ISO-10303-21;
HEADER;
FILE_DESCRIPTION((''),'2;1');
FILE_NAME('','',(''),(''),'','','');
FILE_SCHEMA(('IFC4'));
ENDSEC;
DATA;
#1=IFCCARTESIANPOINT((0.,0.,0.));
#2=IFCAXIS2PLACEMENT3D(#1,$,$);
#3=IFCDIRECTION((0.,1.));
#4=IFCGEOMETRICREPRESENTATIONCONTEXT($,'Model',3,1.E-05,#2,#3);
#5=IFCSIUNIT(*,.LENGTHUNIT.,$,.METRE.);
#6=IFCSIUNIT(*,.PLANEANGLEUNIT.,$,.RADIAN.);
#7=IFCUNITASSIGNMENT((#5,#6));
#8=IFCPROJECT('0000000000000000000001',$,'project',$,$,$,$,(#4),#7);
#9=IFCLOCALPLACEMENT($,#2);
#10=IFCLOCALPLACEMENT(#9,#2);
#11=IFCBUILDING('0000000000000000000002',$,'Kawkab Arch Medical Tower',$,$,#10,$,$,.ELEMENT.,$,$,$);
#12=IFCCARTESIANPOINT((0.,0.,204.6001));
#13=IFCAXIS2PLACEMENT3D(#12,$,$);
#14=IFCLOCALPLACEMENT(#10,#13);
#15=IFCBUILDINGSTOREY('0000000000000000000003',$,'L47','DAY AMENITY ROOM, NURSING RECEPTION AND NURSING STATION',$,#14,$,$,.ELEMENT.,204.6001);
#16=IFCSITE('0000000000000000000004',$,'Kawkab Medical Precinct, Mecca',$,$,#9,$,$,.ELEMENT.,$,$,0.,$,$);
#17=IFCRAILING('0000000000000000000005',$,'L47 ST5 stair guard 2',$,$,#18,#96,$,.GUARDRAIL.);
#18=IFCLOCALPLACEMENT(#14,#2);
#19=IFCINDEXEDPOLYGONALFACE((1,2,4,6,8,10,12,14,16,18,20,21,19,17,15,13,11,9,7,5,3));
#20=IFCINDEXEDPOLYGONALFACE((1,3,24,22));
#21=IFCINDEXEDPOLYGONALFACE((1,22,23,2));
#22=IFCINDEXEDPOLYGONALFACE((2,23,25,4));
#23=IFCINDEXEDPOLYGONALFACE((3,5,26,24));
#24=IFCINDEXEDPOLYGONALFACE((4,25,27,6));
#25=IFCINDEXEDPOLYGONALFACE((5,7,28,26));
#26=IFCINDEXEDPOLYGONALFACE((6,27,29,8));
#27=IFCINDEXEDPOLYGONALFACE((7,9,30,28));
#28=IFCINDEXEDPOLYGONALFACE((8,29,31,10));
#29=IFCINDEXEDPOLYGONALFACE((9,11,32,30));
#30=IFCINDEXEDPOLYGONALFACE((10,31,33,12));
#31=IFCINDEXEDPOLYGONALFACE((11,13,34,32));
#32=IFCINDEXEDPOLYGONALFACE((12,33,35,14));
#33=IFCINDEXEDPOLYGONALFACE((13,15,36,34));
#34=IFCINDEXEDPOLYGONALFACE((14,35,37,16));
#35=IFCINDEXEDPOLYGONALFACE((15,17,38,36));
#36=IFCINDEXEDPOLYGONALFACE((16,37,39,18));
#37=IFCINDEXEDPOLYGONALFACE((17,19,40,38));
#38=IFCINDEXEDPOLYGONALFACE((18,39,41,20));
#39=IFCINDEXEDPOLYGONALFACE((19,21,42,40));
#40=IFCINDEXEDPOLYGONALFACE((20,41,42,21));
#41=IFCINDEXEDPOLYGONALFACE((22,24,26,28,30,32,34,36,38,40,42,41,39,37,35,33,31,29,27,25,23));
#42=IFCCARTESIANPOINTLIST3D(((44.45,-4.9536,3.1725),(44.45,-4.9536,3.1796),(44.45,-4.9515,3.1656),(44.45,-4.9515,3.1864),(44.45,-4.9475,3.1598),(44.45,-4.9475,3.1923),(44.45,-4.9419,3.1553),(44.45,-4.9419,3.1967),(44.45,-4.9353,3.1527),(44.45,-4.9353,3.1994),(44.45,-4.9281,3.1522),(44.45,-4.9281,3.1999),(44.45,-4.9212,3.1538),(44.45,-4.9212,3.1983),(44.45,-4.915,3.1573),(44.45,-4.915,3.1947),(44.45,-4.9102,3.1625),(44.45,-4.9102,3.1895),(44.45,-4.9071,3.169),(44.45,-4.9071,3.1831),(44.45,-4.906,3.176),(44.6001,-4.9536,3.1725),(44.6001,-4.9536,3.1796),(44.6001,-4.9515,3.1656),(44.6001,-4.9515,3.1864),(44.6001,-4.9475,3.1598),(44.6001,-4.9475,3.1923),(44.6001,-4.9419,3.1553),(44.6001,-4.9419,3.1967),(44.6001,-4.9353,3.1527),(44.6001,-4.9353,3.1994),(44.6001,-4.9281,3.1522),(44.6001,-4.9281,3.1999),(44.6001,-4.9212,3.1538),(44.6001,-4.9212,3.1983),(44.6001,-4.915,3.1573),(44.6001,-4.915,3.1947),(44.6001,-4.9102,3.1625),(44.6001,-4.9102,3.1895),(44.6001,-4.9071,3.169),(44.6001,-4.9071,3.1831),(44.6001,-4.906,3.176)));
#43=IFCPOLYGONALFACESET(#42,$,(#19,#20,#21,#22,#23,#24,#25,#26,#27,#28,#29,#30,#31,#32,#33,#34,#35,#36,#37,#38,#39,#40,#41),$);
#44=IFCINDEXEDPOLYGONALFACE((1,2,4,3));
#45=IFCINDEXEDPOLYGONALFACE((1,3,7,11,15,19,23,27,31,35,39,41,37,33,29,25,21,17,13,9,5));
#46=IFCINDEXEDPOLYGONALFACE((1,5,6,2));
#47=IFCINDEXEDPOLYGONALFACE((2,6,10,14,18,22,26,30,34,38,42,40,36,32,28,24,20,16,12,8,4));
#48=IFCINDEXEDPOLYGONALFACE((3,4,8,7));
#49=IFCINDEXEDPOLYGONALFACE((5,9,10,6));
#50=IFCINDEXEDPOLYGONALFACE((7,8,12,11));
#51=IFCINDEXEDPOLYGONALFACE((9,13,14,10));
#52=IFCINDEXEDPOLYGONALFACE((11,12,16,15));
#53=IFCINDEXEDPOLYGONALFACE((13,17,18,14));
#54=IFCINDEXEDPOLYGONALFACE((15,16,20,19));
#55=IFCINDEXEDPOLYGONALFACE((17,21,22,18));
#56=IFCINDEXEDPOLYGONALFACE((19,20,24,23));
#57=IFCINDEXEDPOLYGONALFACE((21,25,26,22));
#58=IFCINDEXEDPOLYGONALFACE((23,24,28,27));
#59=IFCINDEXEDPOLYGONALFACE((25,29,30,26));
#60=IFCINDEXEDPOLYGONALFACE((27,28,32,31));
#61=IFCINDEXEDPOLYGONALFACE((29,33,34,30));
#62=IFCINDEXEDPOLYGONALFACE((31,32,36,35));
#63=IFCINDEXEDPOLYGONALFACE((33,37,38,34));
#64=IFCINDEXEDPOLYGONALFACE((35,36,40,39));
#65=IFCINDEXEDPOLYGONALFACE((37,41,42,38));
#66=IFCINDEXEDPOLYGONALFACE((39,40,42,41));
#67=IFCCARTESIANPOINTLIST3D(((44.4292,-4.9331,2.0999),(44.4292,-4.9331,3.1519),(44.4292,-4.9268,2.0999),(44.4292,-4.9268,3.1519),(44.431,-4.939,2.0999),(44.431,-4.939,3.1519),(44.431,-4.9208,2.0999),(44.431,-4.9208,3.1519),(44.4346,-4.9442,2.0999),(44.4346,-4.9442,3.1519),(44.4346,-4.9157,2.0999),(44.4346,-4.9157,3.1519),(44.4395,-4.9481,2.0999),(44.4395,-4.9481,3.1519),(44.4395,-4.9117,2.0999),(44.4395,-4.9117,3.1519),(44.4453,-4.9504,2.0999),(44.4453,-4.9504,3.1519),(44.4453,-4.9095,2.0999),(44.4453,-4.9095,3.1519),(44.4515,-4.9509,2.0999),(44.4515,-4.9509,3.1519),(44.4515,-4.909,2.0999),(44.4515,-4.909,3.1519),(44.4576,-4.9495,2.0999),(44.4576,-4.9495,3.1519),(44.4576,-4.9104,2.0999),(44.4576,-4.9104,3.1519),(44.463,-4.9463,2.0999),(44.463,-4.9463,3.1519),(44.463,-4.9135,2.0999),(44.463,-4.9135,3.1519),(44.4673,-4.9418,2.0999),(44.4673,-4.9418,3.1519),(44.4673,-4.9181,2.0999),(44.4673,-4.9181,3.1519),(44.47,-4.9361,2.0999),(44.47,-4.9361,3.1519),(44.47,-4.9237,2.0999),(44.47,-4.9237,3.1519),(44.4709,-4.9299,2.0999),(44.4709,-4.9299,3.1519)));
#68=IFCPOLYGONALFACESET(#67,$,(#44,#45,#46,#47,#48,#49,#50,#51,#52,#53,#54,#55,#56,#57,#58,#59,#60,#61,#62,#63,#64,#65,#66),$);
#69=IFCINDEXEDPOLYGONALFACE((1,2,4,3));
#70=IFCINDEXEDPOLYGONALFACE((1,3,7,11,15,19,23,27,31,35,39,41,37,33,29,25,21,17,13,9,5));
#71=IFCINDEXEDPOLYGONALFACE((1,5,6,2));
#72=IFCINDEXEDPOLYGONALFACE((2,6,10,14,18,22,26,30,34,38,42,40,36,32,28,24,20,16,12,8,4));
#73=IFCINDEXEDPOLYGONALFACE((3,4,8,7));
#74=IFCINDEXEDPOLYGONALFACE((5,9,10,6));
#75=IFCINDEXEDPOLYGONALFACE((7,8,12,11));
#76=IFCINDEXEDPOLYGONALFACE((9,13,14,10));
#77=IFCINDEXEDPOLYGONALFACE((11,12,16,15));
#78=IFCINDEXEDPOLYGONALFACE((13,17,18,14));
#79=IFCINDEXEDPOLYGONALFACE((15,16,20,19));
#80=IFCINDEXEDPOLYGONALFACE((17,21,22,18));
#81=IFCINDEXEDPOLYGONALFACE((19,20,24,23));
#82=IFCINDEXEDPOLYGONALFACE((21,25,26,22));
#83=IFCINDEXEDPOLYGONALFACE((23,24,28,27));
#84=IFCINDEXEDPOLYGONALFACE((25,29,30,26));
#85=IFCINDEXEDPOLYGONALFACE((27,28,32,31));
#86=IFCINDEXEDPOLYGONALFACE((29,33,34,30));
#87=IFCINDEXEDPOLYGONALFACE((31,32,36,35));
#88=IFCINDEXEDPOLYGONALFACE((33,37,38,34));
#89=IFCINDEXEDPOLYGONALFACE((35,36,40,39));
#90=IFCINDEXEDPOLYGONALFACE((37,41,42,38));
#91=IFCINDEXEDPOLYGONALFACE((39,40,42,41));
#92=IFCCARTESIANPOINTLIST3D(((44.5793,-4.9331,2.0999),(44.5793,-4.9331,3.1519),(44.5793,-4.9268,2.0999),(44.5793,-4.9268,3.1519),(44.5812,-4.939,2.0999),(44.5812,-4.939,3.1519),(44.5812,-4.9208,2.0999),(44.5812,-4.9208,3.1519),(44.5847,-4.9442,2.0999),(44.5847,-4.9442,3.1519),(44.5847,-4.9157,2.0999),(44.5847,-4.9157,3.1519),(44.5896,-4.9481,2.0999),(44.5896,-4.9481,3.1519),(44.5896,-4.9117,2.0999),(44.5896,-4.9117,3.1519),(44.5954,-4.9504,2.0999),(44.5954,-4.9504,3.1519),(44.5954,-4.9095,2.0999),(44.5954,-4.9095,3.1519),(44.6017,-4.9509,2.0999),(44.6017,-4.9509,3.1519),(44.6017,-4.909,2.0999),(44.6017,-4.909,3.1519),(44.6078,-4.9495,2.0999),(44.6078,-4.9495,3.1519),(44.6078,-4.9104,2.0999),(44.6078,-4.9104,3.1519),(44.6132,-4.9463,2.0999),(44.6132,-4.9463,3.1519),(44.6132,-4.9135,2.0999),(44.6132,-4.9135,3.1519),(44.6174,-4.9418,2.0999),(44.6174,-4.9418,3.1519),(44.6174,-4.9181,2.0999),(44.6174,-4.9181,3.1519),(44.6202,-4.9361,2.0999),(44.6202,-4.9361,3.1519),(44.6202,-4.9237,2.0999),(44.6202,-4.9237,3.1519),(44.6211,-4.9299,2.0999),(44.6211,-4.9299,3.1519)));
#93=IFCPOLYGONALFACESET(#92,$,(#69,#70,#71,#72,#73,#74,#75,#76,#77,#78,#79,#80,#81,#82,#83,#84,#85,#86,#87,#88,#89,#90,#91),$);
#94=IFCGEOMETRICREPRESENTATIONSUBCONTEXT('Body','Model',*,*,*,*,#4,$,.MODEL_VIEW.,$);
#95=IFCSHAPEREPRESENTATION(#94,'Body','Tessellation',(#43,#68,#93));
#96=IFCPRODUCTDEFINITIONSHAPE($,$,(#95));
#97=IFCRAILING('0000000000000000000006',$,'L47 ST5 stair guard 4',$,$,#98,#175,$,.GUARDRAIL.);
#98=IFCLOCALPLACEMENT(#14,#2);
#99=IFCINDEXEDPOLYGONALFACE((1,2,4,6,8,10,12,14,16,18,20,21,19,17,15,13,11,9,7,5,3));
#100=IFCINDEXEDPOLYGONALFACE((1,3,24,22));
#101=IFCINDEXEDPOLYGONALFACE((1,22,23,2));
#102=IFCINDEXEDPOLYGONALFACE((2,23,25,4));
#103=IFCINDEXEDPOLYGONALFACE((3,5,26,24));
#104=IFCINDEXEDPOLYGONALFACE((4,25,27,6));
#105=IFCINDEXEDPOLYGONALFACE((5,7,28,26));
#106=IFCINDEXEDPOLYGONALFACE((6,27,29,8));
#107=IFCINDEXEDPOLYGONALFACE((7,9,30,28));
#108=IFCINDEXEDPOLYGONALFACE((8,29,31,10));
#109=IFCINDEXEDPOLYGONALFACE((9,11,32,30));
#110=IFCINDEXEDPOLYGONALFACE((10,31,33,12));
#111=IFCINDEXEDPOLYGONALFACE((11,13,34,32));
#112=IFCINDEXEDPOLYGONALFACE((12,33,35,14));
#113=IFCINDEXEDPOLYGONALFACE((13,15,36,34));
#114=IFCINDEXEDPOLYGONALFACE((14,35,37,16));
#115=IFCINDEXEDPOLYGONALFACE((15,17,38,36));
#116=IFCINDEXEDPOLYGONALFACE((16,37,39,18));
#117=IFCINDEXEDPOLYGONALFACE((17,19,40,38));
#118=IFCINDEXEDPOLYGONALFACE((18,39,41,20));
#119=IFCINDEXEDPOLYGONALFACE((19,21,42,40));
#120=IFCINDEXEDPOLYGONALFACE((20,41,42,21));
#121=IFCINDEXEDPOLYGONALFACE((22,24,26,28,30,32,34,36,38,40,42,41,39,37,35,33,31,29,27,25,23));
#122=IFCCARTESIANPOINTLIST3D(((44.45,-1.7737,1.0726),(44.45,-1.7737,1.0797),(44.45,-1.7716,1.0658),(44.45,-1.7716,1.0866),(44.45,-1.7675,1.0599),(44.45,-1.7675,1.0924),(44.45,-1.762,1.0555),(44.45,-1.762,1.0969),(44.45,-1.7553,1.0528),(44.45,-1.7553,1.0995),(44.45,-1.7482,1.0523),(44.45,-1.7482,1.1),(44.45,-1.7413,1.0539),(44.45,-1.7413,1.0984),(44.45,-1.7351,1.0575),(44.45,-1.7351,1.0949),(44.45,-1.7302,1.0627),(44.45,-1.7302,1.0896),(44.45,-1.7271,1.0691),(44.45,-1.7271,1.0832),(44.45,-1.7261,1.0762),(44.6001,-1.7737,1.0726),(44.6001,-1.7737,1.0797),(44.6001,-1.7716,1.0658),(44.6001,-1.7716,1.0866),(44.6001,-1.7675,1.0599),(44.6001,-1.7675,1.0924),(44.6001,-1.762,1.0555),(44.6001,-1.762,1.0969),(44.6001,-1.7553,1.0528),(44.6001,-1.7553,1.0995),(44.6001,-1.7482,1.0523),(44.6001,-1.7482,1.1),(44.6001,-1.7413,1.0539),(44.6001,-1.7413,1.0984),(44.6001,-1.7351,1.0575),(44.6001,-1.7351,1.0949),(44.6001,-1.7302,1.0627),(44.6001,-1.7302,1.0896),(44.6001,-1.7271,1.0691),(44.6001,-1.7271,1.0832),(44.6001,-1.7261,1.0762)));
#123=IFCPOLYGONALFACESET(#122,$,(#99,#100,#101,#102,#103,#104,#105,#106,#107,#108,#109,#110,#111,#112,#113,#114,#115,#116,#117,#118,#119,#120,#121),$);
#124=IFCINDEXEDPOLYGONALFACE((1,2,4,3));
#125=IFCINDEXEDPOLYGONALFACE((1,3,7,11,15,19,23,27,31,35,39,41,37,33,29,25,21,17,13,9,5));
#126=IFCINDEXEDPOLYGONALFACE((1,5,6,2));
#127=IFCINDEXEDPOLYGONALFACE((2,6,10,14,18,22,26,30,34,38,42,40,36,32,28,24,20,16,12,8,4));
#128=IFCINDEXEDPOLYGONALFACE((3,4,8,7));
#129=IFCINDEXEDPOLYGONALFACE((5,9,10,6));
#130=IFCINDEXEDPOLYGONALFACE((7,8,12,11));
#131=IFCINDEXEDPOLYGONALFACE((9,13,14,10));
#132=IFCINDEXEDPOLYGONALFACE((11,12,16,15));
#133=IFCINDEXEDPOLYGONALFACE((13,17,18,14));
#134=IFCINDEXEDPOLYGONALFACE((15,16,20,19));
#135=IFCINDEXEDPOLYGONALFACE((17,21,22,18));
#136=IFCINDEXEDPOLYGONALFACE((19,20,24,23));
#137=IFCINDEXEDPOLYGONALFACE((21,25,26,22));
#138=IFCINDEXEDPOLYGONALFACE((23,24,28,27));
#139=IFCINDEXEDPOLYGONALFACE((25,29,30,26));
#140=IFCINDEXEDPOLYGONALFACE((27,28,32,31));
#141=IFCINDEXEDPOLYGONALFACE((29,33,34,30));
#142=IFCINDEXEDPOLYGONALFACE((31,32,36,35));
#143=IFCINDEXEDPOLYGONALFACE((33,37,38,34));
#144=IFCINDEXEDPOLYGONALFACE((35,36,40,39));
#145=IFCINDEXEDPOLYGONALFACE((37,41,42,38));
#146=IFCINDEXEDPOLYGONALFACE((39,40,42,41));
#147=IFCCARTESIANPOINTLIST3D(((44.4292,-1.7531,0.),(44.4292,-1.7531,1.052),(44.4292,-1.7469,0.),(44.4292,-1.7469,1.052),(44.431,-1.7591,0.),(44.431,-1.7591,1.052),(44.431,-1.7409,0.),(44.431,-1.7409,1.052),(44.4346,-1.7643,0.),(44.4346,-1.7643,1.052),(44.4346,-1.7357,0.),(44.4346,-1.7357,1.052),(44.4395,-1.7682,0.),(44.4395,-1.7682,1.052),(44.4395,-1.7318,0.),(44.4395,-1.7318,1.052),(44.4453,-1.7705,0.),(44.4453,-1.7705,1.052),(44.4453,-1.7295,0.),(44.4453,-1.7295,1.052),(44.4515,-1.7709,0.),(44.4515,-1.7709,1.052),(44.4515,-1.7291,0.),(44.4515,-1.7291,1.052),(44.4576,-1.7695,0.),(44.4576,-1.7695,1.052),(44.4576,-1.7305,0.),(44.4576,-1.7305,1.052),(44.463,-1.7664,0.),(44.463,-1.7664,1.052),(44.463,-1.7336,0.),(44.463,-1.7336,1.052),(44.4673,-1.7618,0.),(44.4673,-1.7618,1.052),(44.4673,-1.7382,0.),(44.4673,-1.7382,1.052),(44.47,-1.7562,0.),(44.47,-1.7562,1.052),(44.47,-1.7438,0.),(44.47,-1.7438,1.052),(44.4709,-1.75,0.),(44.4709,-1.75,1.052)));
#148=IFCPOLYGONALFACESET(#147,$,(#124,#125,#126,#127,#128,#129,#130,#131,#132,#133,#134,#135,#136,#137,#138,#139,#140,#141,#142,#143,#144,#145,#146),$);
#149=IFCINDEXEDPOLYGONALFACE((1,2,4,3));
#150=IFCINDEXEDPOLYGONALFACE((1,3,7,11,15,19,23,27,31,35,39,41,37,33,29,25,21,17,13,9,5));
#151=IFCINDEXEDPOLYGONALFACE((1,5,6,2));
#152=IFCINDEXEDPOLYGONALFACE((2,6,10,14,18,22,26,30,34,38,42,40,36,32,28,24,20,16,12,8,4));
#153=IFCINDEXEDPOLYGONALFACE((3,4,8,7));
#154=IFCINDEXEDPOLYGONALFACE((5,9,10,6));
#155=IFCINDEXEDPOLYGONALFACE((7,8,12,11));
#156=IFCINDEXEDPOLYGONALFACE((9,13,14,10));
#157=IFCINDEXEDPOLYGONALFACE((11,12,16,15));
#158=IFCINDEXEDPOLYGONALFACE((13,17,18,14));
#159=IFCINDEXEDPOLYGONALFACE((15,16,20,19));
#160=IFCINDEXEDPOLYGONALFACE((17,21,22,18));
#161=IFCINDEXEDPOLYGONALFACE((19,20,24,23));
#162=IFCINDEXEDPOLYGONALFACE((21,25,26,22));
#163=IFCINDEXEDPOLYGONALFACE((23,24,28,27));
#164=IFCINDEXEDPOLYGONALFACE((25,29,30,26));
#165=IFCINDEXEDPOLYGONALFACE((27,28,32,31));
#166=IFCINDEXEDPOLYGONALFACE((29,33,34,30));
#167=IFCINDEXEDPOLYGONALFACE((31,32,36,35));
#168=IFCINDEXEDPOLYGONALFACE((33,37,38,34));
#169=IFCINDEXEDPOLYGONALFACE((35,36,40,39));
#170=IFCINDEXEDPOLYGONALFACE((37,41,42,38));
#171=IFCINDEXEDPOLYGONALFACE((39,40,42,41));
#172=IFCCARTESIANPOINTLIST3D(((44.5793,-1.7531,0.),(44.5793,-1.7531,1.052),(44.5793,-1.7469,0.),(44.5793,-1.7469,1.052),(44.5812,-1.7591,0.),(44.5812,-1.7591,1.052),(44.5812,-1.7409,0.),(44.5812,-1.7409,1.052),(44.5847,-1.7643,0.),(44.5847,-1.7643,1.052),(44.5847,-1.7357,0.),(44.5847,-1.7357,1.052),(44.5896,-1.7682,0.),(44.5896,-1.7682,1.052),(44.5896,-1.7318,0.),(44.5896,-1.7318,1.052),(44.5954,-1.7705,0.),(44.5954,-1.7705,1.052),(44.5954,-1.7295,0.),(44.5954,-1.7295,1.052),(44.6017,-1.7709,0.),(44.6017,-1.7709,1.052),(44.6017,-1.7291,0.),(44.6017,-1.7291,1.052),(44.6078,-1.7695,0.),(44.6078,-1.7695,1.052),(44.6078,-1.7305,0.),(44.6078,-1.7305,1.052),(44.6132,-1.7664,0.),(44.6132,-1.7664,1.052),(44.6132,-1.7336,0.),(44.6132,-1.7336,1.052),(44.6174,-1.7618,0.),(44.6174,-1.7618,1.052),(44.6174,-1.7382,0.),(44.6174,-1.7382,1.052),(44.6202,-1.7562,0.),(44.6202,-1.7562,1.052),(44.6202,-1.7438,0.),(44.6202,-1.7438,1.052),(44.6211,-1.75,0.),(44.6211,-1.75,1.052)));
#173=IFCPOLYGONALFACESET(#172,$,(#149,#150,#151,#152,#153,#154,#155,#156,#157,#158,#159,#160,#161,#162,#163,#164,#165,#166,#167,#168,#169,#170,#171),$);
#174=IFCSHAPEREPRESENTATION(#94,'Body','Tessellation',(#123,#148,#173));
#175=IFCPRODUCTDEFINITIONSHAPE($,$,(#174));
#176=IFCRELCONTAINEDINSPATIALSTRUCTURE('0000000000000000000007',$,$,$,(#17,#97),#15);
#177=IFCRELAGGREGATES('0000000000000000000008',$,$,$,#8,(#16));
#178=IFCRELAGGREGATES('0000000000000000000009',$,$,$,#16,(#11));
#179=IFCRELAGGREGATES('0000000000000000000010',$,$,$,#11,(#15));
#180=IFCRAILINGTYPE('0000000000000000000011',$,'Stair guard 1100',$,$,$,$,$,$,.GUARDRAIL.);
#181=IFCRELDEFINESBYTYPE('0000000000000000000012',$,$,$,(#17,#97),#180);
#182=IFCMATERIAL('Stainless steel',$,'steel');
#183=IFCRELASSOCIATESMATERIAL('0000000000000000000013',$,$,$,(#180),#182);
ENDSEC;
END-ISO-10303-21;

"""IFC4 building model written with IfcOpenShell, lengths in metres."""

from ifc_helpers import new_model, si_unit, direction, frame, origin, origin_2d, place, context, subcontext, project, spatial, circle, extrude, material, type_object, element, save


model = new_model("IFC4")

# Units and contexts
model_context = context("Model", 3, precision=1e-05, world=origin(), true_north=direction((0.0, 1.0)))
body_context = subcontext(model_context, "Body", "Model", "MODEL_VIEW")
ifc_project = project(units=[si_unit("LENGTHUNIT", "METRE"), si_unit("PLANEANGLEUNIT", "RADIAN")], contexts=[model_context])

# Site, building, storey
site_placement = place(None, origin())
site = spatial("IfcSite", under=ifc_project, at=site_placement, Name="Kawkab Medical Precinct, Mecca", CompositionType="ELEMENT", RefElevation=0.0)
building_placement = place(site_placement, origin())
building = spatial("IfcBuilding", under=site, at=building_placement, Name="Kawkab Arch Medical Tower", CompositionType="ELEMENT")
storey_placement = place(building_placement, frame((0.0, 0.0, 204.6001)))
storey = spatial("IfcBuildingStorey", under=building, at=storey_placement, Name="L47", Description="DAY AMENITY ROOM, NURSING RECEPTION AND NURSING STATION", CompositionType="ELEMENT", Elevation=204.6001)

# Railings
ifc_material_1 = material(Name="Stainless steel", Category="steel")
railing_type = type_object("IfcRailingType", Name="Stair guard 1100", PredefinedType="GUARDRAIL", material=ifc_material_1)
for number, where, name in (
    (1, (44.45, -4.9299, 2.0999), "L47 ST5 stair guard 2"),
    (2, (44.45, -1.75, 0.0), "L47 ST5 stair guard 4"),
):
    element("IfcRailing", number, at=place(storey_placement, frame(where)), inside=storey, type_object=railing_type, Name=name, PredefinedType="GUARDRAIL", context=body_context, shape_type="SweptSolid", body=[
        extrude(circle(Radius=0.0239, at=origin_2d()), frame((0.0, 0.0, 1.0762), z_axis=(1.0, 0.0, 0.0), x_axis=(0.0, 1.0, 0.0)), (0.0, 0.0, 1.0), 0.1501),
        extrude(circle(Radius=0.021, at=origin_2d()), origin(), (0.0, 0.0, 1.0), 1.052),
        extrude(circle(Radius=0.021, at=origin_2d()), frame((0.1501, 0.0, 0.0)), (0.0, 0.0, 1.0), 1.052),
    ])

save(model, "model.ifc")
